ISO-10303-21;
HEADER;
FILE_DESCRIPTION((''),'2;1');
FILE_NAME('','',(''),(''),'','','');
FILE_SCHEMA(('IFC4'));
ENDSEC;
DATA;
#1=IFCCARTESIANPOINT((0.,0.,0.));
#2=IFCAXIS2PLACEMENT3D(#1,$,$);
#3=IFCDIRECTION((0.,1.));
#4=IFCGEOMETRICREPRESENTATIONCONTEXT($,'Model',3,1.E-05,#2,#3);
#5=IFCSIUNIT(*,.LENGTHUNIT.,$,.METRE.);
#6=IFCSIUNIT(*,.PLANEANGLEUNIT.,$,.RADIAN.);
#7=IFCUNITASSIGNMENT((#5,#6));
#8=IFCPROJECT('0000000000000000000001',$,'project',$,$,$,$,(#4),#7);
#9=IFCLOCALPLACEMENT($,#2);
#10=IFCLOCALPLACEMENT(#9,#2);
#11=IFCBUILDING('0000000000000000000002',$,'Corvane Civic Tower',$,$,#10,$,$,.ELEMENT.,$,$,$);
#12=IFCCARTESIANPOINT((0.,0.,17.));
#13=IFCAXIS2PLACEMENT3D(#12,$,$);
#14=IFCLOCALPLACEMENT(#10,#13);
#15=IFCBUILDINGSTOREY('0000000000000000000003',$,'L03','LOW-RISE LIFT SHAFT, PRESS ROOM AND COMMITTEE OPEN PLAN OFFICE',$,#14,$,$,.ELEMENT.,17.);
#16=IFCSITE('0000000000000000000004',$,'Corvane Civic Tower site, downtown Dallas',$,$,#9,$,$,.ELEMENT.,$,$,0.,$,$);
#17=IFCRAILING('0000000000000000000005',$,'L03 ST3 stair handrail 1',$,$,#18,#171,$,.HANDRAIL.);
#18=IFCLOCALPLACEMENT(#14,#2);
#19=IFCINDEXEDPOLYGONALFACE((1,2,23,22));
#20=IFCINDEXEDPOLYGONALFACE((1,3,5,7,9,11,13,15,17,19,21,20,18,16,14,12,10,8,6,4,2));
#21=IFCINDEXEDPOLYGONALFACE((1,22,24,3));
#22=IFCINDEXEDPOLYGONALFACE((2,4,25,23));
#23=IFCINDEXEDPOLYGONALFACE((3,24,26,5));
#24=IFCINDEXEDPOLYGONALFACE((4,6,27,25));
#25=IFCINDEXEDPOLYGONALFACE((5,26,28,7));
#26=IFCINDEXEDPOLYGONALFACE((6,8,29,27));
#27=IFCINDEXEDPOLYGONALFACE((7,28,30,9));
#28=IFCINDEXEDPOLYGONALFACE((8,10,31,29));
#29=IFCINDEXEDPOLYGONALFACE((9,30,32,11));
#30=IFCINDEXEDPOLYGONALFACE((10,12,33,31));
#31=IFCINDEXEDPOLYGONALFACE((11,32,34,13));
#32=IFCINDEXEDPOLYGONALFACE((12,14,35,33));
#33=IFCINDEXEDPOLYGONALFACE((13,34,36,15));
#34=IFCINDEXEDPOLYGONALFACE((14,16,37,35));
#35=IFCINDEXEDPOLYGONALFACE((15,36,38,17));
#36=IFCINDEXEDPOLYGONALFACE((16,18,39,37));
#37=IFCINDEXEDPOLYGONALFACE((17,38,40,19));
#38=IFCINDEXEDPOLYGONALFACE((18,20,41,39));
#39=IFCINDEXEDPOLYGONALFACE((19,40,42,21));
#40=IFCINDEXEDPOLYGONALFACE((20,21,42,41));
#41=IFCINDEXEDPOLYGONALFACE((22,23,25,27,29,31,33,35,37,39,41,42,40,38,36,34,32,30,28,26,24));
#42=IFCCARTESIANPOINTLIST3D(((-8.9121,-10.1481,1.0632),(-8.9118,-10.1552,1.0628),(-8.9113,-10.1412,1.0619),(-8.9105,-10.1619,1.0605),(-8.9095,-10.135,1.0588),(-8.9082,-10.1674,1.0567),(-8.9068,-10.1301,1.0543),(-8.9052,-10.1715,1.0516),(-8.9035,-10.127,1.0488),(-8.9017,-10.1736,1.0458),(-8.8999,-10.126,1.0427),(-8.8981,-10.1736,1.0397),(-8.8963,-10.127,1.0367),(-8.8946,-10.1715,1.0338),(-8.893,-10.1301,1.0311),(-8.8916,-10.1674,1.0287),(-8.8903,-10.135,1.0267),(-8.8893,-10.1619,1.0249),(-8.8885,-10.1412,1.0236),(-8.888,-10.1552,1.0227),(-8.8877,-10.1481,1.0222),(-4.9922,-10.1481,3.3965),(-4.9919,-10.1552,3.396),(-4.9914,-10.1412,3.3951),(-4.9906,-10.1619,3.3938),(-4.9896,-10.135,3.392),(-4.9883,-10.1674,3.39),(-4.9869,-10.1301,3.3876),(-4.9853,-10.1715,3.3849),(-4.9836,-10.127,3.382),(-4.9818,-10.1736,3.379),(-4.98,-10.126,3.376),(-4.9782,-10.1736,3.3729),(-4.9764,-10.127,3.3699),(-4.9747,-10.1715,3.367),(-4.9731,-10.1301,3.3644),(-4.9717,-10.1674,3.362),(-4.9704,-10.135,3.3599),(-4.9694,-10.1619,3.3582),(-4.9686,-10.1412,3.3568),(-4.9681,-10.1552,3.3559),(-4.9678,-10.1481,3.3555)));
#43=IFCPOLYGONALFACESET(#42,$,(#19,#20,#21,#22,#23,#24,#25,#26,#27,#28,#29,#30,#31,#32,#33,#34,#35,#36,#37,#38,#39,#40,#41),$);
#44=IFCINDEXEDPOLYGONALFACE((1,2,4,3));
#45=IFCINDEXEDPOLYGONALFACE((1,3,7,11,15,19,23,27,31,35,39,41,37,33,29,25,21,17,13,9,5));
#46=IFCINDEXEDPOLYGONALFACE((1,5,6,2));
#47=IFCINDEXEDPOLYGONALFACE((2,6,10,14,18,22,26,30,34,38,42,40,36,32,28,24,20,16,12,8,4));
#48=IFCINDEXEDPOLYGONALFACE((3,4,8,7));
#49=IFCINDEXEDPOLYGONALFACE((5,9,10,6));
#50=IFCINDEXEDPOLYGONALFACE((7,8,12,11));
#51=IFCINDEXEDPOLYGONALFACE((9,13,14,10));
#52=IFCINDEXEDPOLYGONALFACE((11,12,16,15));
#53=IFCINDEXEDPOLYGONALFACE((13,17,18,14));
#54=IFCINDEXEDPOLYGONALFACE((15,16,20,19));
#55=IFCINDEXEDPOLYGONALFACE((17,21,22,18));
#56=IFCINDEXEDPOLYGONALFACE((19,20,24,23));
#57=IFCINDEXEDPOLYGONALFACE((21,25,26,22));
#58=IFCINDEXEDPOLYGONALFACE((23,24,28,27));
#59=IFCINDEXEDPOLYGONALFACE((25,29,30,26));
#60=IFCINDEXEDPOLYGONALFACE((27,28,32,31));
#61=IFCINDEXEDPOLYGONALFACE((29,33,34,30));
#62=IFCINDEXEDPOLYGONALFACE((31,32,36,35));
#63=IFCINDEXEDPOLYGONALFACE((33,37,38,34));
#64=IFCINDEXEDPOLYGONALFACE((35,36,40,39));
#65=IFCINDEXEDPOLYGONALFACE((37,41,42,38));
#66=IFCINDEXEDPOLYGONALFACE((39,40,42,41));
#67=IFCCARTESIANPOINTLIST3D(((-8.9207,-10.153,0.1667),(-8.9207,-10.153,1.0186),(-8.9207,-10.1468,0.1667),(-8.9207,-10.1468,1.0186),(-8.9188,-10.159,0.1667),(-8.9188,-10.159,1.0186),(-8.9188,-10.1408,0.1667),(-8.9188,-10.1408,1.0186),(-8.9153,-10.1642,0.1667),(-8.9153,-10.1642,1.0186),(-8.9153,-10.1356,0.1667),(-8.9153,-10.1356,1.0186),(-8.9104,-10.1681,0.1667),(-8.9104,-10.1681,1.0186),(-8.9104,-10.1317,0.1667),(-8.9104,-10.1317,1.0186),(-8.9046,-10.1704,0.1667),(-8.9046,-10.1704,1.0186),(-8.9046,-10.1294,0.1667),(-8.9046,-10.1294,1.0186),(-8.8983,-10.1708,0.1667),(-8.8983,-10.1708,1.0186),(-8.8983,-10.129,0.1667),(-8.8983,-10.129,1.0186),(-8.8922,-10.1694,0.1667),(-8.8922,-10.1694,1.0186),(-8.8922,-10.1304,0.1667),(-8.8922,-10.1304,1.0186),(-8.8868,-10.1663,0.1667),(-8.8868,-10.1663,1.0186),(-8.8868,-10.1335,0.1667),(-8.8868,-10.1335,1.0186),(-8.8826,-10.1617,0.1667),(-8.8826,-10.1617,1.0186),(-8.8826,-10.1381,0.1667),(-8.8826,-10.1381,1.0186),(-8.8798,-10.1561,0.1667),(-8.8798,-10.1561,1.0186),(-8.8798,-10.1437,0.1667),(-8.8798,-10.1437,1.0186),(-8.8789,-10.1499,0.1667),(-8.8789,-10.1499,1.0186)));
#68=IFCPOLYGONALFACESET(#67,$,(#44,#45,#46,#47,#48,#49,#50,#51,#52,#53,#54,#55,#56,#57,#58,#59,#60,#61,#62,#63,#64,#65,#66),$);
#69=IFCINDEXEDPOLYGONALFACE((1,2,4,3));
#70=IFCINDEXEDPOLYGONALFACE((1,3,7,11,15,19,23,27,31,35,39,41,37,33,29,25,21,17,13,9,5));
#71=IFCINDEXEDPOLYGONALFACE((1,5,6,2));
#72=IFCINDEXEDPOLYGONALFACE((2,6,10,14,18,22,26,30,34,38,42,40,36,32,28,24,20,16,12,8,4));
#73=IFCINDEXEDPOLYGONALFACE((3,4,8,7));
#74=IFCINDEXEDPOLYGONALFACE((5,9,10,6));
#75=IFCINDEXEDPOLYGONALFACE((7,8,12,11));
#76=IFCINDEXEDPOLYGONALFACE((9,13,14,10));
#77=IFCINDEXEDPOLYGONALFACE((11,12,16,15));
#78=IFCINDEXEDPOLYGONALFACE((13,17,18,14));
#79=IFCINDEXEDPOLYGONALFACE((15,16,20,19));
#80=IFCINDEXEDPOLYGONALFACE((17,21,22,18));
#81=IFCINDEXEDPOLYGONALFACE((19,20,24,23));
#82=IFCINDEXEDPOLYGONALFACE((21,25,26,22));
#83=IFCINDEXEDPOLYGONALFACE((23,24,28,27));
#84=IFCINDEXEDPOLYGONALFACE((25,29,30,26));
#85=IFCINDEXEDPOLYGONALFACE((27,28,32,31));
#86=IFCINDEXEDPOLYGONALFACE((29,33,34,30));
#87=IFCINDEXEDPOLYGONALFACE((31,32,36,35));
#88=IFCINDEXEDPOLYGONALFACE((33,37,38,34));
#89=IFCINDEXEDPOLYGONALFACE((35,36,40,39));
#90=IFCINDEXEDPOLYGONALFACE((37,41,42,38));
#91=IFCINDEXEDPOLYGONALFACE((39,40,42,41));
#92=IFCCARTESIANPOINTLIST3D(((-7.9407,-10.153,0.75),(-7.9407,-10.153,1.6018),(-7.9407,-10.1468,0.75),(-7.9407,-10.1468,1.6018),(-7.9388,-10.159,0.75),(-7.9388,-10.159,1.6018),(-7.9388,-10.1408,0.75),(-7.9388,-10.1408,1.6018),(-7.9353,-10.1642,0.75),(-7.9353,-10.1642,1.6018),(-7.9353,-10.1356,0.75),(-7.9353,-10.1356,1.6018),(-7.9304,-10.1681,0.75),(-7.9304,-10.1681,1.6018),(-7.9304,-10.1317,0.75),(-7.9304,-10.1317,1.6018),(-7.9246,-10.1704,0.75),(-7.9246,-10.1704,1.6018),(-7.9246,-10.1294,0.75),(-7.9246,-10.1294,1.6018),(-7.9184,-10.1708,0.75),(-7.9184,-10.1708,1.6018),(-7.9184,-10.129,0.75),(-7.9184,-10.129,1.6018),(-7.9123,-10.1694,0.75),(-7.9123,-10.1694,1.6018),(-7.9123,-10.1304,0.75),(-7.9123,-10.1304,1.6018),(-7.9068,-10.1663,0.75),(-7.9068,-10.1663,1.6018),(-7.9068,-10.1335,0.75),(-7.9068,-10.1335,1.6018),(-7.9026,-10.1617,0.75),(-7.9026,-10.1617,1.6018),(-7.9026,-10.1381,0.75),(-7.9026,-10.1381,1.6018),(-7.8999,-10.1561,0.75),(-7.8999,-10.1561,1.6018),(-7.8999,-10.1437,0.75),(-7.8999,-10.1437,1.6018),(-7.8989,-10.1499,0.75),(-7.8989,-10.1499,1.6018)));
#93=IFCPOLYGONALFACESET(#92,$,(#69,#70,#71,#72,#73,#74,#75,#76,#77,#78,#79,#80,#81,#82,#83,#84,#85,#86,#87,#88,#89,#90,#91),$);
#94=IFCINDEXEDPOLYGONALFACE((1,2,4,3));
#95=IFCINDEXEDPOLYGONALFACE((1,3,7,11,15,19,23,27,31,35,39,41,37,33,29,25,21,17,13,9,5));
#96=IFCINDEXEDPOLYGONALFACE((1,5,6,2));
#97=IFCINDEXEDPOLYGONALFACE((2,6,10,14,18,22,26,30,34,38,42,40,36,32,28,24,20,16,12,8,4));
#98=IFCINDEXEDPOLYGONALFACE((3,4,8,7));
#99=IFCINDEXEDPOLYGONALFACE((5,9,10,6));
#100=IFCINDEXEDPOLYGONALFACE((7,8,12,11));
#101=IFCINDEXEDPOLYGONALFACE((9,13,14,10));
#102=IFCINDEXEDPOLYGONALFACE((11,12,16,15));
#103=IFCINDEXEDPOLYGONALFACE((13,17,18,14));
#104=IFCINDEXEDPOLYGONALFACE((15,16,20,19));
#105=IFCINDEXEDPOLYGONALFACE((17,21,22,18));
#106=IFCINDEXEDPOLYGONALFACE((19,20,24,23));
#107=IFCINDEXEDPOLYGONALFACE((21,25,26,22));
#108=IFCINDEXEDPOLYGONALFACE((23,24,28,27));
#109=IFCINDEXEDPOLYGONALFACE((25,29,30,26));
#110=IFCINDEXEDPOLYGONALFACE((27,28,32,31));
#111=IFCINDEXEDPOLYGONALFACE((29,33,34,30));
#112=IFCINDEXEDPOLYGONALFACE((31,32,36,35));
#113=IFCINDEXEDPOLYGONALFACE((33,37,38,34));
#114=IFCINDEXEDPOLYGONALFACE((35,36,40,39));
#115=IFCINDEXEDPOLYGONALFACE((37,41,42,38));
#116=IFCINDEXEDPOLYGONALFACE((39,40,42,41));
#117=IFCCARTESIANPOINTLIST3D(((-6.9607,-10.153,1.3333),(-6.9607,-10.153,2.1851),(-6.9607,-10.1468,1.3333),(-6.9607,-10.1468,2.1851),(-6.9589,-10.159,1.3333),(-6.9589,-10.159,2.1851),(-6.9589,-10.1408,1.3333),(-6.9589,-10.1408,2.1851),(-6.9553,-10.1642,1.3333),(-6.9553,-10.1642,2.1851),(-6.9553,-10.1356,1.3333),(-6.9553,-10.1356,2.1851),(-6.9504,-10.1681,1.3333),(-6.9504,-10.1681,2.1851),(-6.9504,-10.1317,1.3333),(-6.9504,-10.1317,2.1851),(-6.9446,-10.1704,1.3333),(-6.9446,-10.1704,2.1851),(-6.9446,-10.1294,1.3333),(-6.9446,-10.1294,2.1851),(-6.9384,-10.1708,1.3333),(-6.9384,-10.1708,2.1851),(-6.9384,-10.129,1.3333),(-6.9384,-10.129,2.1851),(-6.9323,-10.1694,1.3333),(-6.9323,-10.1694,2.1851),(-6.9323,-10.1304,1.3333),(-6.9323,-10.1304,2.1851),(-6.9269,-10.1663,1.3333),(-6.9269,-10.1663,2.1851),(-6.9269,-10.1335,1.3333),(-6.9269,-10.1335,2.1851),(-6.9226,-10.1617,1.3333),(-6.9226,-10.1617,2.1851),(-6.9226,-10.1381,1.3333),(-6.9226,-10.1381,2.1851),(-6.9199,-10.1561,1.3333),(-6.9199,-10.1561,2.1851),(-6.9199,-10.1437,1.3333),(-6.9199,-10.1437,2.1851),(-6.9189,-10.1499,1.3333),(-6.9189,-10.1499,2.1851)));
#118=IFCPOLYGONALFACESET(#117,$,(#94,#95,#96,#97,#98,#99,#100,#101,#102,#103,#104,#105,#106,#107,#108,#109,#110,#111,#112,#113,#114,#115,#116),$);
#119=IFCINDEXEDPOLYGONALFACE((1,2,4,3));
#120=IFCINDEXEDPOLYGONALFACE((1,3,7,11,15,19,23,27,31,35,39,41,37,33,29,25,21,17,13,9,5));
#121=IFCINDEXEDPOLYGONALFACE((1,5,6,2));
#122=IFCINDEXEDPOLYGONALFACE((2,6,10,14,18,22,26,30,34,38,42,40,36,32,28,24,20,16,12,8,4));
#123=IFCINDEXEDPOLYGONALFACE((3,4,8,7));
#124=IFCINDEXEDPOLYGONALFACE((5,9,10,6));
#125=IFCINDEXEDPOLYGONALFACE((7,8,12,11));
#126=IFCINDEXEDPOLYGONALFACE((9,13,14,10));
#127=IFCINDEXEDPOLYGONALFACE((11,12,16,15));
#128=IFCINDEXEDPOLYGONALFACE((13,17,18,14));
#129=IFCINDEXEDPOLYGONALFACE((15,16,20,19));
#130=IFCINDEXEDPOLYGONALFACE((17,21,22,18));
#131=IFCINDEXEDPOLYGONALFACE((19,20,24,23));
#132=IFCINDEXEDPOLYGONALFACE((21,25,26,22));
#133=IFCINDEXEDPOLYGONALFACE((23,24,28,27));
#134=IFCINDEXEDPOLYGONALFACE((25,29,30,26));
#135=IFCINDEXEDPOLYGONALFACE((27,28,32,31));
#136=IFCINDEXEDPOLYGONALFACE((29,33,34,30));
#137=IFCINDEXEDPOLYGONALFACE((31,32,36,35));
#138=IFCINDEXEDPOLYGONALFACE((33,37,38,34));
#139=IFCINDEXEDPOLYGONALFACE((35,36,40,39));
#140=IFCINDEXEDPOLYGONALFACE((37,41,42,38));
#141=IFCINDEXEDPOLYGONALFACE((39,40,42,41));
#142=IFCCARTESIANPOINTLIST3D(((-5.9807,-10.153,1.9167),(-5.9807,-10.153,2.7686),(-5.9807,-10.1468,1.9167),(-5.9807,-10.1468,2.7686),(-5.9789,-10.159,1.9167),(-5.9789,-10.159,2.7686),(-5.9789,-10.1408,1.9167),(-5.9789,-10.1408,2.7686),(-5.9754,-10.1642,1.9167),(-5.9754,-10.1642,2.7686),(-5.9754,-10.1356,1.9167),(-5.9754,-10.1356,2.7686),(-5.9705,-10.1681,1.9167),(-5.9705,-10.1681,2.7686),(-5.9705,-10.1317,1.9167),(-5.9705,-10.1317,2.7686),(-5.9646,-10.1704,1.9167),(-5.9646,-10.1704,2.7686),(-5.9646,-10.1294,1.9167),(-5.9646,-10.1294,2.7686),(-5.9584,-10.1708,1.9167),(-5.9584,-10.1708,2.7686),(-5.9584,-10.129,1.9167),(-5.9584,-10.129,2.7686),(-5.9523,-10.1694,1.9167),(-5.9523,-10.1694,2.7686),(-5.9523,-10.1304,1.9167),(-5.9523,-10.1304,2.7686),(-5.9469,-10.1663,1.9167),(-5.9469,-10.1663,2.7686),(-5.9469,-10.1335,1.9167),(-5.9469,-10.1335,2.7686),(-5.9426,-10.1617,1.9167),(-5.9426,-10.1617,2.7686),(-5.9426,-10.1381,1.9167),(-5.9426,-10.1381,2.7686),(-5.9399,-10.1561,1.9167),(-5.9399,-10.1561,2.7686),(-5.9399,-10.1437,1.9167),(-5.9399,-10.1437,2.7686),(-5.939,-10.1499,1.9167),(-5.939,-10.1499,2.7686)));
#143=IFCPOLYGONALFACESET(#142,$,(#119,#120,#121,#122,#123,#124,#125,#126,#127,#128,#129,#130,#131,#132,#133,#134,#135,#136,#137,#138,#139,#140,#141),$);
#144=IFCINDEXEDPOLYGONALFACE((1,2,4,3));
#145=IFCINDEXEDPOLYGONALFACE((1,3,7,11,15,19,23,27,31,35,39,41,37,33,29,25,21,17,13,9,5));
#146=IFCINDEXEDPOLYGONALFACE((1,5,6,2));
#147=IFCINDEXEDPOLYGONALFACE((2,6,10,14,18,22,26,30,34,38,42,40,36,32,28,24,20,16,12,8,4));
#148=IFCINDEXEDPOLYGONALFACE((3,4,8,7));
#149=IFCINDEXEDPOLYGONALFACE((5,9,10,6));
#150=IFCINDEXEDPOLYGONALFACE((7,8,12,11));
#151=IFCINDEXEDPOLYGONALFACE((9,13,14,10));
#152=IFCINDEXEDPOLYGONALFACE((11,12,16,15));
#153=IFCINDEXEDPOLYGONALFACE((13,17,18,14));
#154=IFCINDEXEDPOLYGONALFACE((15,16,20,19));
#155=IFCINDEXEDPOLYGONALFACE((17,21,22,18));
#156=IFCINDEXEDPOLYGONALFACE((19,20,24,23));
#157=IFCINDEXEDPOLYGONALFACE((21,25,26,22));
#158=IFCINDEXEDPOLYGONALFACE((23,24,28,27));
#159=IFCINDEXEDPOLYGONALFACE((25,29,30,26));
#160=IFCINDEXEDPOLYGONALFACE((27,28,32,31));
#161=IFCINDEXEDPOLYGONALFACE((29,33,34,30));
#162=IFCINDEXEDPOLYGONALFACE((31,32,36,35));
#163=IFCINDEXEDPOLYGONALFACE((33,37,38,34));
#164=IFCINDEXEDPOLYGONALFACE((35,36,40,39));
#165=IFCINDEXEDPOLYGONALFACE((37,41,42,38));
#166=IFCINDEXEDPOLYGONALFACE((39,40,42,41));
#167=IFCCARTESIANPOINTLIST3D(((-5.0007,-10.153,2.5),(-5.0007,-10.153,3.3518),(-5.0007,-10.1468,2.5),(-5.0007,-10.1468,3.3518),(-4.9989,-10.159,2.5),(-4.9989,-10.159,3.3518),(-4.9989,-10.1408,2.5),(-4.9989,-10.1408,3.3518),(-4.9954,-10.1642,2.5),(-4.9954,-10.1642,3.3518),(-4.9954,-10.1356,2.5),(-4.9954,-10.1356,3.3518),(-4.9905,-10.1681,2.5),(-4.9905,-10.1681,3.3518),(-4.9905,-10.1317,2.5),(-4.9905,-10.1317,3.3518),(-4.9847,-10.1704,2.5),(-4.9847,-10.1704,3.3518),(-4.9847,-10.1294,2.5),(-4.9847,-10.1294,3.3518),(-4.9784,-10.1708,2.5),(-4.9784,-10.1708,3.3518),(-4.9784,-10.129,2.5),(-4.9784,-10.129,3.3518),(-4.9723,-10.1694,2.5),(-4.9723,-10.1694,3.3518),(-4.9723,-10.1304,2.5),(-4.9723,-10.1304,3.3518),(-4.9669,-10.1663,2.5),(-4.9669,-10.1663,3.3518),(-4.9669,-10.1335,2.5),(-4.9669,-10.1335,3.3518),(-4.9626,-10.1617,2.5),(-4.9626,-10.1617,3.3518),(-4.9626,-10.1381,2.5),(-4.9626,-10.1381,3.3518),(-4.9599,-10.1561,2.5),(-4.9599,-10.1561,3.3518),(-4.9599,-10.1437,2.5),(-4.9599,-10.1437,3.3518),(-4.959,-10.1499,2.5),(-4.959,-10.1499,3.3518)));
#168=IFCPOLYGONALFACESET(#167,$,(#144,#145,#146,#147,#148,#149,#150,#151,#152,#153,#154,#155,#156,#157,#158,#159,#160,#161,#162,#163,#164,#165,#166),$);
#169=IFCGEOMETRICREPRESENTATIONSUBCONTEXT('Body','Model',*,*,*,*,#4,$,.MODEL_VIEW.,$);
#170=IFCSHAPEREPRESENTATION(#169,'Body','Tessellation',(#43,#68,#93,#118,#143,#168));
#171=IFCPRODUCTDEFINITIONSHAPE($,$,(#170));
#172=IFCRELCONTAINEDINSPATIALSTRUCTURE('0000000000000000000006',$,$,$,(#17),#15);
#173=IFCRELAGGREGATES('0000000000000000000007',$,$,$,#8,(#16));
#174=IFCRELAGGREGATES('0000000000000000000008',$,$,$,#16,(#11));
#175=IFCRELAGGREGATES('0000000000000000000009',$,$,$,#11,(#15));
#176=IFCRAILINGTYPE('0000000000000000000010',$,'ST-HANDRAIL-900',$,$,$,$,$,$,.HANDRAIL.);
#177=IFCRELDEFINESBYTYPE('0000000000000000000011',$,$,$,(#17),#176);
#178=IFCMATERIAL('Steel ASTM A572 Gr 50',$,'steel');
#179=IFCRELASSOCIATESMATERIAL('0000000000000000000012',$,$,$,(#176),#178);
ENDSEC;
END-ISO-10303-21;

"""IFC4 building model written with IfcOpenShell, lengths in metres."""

from ifc_helpers import new_model, si_unit, direction, frame, origin, origin_2d, place, context, subcontext, project, spatial, circle, extrude, material, type_object, element, save


model = new_model("IFC4")

# Units and contexts
model_context = context("Model", 3, precision=1e-05, world=origin(), true_north=direction((0.0, 1.0)))
body_context = subcontext(model_context, "Body", "Model", "MODEL_VIEW")
ifc_project = project(units=[si_unit("LENGTHUNIT", "METRE"), si_unit("PLANEANGLEUNIT", "RADIAN")], contexts=[model_context])

# Site, building, storey
site_placement = place(None, origin())
site = spatial("IfcSite", under=ifc_project, at=site_placement, Name="Corvane Civic Tower site, downtown Dallas", CompositionType="ELEMENT", RefElevation=0.0)
building_placement = place(site_placement, origin())
building = spatial("IfcBuilding", under=site, at=building_placement, Name="Corvane Civic Tower", CompositionType="ELEMENT")
storey_placement = place(building_placement, frame((0.0, 0.0, 17.0)))
storey = spatial("IfcBuildingStorey", under=building, at=storey_placement, Name="L03", Description="LOW-RISE LIFT SHAFT, PRESS ROOM AND COMMITTEE OPEN PLAN OFFICE", CompositionType="ELEMENT", Elevation=17.0)

# Railing
ifc_material_1 = material(Name="Steel ASTM A572 Gr 50", Category="steel")
railing_type_1 = type_object("IfcRailingType", Name="ST-HANDRAIL-900", PredefinedType="HANDRAIL", material=ifc_material_1)
railing_1_placement = place(storey_placement, frame((-8.8999, -10.1499, 0.1667)))
element("IfcRailing", 1, at=railing_1_placement, inside=storey, type_object=railing_type_1, Name="L03 ST3 stair handrail 1", PredefinedType="HANDRAIL", context=body_context, shape_type="SweptSolid", body=[
    extrude(circle(Radius=0.0239, at=origin_2d()), frame((0.0, 0.0, 0.876), z_axis=(0.859296, 0.0, 0.511478), x_axis=(0.0, 1.0, 0.0)), (0.0, 0.0, 1.0), 4.5618),
    extrude(circle(Radius=0.021, at=origin_2d()), origin(), (0.0, 0.0, 1.0), 0.8518),
    extrude(circle(Radius=0.021, at=origin_2d()), frame((0.98, 0.0, 0.5833)), (0.0, 0.0, 1.0), 0.8518),
    extrude(circle(Radius=0.021, at=origin_2d()), frame((1.96, 0.0, 1.1665)), (0.0, 0.0, 1.0), 0.8518),
    extrude(circle(Radius=0.021, at=origin_2d()), frame((2.9399, 0.0, 1.75)), (0.0, 0.0, 1.0), 0.8518),
    extrude(circle(Radius=0.021, at=origin_2d()), frame((3.9199, 0.0, 2.3333)), (0.0, 0.0, 1.0), 0.8518),
])

save(model, "model.ifc")
